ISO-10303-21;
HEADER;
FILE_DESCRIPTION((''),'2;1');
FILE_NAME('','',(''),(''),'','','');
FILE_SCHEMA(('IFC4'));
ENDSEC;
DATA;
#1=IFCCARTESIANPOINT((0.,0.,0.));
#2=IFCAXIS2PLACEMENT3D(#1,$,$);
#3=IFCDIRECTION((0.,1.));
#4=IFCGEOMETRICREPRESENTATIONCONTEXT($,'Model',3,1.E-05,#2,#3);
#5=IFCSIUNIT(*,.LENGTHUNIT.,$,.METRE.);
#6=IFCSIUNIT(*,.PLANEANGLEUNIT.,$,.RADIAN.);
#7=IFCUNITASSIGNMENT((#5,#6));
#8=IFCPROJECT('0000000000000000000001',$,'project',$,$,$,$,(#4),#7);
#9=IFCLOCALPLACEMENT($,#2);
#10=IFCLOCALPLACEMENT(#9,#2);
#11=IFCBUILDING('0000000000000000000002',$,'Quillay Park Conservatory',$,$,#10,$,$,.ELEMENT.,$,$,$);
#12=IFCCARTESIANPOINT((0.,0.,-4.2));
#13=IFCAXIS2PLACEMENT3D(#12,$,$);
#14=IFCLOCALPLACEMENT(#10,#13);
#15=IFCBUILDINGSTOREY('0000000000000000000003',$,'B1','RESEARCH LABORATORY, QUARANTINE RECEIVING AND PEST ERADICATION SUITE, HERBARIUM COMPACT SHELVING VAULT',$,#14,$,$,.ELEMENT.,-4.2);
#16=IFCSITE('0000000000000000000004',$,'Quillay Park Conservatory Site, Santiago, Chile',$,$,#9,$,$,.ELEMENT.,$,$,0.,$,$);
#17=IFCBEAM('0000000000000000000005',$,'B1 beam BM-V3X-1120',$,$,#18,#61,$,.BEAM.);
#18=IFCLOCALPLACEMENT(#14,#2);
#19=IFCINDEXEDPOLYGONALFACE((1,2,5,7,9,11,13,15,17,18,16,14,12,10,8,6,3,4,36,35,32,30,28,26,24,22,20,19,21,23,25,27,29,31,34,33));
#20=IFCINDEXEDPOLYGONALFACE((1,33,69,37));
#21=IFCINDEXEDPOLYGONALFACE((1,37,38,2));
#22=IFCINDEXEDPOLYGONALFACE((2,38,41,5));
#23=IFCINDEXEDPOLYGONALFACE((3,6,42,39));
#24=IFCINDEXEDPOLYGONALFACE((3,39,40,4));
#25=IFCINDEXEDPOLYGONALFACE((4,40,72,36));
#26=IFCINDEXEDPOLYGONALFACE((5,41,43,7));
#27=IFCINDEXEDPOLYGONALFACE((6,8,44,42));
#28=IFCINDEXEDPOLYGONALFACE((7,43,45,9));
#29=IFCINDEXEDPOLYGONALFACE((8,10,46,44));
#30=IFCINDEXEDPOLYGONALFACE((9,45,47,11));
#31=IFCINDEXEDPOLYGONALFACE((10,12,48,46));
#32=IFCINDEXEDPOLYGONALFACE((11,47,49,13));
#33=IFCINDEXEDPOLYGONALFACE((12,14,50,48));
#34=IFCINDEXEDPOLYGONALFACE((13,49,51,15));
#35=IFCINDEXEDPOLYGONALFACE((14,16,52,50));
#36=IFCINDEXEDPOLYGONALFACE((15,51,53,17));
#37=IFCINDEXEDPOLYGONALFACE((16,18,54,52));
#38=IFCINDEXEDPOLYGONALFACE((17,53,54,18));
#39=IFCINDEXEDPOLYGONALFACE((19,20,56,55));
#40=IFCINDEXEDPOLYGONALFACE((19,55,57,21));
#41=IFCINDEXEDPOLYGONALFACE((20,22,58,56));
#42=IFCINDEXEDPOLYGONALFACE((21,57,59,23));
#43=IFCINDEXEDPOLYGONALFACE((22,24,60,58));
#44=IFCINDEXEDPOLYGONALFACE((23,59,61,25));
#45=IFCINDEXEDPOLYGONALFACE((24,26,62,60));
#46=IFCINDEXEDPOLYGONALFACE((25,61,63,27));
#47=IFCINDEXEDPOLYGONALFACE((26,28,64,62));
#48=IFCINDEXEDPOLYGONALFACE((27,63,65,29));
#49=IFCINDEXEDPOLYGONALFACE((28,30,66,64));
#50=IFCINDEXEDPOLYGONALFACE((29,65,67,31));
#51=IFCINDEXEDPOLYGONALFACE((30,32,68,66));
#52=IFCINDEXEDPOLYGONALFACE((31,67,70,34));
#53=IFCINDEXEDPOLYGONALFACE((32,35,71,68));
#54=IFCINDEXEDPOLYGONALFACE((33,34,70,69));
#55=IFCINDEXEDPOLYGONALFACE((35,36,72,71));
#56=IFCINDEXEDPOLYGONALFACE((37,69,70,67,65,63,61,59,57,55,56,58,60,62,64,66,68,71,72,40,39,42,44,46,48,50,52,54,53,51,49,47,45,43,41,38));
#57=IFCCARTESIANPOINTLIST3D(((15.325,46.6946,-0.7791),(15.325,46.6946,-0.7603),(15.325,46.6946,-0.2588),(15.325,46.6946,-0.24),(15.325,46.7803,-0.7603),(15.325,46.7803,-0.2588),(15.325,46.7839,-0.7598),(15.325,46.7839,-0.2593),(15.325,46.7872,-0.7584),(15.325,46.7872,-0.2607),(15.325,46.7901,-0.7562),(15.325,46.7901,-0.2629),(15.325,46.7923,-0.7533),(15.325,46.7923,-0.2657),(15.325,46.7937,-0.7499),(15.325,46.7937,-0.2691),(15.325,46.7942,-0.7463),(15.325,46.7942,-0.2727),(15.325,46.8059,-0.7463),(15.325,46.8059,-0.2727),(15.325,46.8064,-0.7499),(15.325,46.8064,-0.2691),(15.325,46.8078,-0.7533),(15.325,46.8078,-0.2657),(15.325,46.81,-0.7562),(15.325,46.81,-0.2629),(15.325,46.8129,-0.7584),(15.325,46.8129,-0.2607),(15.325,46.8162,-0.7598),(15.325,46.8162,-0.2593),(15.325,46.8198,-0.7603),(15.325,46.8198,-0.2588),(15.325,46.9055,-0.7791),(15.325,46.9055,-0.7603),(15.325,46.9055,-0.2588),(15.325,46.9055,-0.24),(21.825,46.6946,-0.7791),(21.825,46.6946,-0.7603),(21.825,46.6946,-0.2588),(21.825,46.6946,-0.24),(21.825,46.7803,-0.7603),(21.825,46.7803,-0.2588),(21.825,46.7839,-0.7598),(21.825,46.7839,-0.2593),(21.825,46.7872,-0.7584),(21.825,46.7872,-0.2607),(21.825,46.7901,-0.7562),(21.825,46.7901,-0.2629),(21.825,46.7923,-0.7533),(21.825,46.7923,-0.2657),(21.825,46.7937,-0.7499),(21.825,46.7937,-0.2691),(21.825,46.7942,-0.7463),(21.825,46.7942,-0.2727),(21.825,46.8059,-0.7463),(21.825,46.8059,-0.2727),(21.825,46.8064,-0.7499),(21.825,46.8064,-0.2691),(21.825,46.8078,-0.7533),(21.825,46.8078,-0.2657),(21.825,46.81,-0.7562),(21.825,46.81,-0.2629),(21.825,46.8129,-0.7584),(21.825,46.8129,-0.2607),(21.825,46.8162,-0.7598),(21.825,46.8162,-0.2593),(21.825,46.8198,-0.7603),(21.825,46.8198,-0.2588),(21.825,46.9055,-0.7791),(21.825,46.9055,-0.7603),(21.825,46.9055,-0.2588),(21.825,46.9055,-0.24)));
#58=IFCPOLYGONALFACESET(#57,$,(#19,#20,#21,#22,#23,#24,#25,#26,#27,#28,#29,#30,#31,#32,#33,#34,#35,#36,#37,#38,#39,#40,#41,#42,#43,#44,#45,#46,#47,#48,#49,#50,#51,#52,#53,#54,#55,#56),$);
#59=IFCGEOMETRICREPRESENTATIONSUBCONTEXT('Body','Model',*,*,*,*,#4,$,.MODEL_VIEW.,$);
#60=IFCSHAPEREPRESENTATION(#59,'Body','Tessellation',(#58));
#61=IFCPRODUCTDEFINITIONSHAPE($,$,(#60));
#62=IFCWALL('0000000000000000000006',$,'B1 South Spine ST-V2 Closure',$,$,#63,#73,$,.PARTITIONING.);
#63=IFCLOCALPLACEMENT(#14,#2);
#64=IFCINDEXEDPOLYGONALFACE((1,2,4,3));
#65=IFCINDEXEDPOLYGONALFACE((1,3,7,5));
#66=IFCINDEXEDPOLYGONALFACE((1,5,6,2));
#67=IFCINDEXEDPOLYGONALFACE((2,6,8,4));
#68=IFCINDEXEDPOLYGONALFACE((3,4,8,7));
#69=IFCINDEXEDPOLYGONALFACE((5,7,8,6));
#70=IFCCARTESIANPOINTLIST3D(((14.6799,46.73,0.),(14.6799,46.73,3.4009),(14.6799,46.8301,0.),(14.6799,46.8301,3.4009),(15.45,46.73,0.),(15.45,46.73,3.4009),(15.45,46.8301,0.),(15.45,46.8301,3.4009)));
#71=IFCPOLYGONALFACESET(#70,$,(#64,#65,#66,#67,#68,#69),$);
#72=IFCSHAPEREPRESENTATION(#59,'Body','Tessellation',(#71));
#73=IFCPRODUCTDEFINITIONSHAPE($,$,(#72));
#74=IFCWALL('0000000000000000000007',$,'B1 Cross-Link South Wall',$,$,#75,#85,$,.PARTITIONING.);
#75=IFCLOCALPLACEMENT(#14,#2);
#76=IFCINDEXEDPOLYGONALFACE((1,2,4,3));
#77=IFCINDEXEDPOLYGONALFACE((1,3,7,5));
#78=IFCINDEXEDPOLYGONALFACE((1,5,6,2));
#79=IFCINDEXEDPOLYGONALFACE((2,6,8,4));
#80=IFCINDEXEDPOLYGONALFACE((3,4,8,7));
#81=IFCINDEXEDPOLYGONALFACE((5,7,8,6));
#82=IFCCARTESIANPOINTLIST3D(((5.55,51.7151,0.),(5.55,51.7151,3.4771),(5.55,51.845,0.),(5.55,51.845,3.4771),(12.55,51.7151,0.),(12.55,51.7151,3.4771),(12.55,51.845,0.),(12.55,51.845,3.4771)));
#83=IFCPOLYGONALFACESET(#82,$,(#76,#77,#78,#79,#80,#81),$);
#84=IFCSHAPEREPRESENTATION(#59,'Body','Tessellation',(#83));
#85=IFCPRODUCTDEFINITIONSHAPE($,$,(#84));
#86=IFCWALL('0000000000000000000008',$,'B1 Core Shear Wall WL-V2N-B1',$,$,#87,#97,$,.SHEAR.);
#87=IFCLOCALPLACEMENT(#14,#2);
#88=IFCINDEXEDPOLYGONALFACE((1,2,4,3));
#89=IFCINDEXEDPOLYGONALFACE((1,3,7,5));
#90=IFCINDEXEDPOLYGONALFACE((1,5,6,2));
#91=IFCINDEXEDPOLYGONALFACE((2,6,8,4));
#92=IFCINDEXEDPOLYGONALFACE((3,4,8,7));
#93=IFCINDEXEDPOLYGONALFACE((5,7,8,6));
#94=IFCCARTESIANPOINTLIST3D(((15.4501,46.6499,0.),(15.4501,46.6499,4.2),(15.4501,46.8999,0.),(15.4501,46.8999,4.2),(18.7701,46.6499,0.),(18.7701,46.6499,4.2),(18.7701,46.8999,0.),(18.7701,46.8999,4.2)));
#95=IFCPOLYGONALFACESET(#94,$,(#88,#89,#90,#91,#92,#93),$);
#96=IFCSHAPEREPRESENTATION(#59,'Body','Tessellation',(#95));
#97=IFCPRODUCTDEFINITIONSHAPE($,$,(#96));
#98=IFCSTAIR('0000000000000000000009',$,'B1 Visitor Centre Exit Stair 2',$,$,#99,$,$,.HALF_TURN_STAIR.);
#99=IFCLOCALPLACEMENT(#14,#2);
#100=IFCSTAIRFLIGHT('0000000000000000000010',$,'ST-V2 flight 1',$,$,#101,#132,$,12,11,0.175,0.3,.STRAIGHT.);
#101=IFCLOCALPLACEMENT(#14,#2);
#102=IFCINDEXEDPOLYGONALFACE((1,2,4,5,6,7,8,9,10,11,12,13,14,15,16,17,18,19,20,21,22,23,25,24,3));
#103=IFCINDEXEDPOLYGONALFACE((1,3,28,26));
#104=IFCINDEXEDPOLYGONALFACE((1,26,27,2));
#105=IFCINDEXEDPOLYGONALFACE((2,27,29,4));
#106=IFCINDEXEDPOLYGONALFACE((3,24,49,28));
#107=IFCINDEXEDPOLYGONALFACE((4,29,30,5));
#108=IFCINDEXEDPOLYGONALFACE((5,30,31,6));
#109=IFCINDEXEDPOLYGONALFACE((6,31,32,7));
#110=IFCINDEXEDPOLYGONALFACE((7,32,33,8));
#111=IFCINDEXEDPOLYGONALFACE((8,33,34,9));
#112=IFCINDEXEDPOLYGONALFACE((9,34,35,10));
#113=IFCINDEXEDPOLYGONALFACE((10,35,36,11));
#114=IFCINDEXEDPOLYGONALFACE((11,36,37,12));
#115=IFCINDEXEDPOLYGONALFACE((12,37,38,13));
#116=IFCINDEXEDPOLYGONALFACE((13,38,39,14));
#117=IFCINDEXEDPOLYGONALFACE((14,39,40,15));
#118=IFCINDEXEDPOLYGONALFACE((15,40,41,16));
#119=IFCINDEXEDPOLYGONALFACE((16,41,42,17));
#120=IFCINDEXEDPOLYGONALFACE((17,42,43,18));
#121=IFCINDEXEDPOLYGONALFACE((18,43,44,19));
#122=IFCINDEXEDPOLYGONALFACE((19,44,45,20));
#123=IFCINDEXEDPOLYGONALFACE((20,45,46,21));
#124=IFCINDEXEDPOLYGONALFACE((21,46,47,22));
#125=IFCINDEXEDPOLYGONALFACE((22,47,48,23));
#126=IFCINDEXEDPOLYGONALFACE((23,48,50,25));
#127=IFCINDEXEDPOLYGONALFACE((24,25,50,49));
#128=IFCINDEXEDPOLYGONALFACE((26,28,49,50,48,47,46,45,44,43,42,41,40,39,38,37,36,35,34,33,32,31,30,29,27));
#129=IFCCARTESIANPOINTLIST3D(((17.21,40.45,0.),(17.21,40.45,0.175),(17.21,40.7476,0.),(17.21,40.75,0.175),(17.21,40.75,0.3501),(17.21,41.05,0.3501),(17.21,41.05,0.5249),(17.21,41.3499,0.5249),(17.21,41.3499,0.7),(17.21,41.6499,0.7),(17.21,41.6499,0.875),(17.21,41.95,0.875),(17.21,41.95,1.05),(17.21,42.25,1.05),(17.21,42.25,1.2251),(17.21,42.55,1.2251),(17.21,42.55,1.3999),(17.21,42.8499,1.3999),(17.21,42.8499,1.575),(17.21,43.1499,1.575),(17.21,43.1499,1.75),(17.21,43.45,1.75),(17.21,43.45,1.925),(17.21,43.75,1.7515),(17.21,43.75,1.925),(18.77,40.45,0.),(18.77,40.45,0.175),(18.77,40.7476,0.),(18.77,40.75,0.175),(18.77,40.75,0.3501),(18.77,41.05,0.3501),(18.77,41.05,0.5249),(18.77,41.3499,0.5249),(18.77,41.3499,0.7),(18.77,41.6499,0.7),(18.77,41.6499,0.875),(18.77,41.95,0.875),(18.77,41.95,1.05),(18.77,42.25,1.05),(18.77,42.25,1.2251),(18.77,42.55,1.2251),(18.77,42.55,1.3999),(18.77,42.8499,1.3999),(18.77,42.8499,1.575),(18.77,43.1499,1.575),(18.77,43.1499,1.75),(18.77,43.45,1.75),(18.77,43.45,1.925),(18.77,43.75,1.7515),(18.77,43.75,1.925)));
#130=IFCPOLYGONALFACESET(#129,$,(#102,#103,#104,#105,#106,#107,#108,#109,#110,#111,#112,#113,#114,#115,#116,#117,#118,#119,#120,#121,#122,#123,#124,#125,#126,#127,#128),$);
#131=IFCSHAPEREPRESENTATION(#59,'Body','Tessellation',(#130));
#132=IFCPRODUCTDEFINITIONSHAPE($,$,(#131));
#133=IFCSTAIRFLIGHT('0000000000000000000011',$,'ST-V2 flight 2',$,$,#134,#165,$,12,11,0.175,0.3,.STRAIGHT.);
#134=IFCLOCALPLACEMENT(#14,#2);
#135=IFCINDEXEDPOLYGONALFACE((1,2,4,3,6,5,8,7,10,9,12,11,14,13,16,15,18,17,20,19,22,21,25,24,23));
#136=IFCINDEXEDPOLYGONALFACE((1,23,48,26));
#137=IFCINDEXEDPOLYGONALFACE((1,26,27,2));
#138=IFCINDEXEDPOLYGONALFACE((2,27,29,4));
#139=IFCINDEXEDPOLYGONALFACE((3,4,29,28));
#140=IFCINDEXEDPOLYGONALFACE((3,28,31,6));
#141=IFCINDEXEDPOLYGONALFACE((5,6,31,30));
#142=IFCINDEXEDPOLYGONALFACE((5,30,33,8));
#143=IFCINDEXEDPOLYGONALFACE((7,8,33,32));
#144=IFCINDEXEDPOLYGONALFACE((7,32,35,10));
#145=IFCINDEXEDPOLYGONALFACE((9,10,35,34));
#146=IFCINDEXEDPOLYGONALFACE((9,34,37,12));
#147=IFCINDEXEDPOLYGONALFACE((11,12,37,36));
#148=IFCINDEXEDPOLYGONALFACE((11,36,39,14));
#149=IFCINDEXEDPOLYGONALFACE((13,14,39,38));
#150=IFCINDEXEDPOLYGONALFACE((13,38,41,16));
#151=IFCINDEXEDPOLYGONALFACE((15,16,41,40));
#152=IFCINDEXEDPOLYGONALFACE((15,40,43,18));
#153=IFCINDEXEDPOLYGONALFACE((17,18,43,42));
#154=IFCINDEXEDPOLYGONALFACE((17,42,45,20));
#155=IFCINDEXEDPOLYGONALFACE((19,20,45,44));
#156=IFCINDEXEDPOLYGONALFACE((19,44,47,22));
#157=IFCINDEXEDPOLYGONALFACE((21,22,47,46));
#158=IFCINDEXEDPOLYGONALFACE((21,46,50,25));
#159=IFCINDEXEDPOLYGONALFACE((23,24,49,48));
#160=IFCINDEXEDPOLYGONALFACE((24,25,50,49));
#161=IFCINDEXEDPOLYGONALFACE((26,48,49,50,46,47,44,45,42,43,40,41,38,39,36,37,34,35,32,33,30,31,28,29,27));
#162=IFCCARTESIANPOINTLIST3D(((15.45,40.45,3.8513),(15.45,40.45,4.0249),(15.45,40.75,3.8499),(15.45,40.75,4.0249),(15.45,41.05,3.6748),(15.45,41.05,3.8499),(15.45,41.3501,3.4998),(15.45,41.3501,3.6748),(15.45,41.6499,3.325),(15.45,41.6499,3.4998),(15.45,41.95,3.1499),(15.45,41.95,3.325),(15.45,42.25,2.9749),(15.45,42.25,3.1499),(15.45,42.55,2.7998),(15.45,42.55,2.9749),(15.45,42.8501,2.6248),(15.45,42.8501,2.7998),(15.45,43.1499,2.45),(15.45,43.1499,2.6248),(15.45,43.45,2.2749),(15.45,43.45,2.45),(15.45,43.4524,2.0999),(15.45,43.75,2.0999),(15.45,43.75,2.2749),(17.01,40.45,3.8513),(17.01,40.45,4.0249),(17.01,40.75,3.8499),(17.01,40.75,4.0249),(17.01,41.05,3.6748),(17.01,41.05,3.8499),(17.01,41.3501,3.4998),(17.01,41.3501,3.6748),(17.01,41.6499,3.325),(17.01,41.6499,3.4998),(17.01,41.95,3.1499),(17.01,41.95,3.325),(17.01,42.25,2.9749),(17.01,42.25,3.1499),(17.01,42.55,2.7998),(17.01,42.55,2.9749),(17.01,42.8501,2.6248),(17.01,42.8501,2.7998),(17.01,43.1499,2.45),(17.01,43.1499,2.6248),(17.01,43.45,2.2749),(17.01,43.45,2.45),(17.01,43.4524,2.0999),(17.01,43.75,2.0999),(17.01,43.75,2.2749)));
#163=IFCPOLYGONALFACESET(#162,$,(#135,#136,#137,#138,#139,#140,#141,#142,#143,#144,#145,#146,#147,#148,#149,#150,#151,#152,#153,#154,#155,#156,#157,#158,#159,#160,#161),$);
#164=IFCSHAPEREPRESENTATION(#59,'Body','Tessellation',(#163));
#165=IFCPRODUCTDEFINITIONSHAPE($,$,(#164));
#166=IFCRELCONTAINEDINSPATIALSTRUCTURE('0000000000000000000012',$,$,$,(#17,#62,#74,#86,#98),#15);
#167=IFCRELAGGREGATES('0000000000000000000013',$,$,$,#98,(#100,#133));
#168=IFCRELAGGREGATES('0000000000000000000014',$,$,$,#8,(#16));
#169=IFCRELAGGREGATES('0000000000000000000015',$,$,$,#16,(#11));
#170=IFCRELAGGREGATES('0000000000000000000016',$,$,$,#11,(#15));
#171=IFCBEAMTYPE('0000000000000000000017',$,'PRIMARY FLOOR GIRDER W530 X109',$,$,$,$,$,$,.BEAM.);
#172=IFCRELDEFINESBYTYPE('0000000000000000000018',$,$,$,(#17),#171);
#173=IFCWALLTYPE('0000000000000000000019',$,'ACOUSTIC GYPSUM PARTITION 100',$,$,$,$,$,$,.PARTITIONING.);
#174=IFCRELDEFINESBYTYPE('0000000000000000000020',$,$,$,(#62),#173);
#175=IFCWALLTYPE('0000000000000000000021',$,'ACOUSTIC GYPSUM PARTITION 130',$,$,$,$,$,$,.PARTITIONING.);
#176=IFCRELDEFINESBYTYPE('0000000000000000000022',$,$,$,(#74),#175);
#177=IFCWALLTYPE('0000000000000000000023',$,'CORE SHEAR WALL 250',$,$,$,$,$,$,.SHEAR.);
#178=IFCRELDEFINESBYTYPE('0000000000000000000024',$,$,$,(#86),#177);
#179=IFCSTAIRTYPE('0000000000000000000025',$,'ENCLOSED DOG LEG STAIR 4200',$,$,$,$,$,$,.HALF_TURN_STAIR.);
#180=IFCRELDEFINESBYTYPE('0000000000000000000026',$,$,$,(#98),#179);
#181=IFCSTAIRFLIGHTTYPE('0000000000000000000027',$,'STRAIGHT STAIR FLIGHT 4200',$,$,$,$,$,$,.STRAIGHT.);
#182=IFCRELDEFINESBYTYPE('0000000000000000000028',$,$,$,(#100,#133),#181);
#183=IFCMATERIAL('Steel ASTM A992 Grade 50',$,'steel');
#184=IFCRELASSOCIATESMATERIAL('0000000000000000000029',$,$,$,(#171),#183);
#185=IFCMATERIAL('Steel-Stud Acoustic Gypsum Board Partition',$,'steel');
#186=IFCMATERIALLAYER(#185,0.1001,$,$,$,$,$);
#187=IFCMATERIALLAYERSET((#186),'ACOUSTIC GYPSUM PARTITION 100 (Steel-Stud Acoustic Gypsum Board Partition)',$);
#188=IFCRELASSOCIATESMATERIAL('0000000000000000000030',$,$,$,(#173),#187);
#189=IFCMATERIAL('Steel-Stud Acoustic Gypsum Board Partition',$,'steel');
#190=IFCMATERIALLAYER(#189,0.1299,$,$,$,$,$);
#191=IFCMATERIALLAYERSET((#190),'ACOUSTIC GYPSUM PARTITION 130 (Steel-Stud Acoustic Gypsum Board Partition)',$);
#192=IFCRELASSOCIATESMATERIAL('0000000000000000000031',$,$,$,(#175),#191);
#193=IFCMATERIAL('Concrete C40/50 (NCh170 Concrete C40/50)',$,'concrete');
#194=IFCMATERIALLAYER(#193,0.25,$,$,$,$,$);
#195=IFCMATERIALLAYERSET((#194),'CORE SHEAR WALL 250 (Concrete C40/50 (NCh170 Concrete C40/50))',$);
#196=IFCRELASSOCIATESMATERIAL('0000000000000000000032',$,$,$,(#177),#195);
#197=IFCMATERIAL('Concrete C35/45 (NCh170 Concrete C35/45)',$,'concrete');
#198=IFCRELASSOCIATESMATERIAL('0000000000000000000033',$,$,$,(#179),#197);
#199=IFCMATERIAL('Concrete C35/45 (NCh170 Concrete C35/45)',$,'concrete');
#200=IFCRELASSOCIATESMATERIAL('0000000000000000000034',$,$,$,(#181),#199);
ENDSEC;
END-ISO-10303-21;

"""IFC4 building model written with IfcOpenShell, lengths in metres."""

from ifc_helpers import new_model, si_unit, direction, frame, frame_2d, origin, origin_2d, place, context, subcontext, project, spatial, polyline, rectangle, i_section, outline, extrude, material, layer, layer_set, material_profile, profile_set, type_object, element, aggregate, save


model = new_model("IFC4")

# Units and contexts
model_context = context("Model", 3, precision=1e-05, world=origin(), true_north=direction((0.0, 1.0)))
body_context = subcontext(model_context, "Body", "Model", "MODEL_VIEW")
ifc_project = project(units=[si_unit("LENGTHUNIT", "METRE"), si_unit("PLANEANGLEUNIT", "RADIAN")], contexts=[model_context])

# Site, building, storey
site_placement = place(None, origin())
site = spatial("IfcSite", under=ifc_project, at=site_placement, Name="Quillay Park Conservatory Site, Santiago, Chile", CompositionType="ELEMENT", RefElevation=0.0)
building_placement = place(site_placement, origin())
building = spatial("IfcBuilding", under=site, at=building_placement, Name="Quillay Park Conservatory", CompositionType="ELEMENT")
storey_placement = place(building_placement, frame((0.0, 0.0, -4.2)))
storey = spatial("IfcBuildingStorey", under=building, at=storey_placement, Name="B1", Description="RESEARCH LABORATORY, QUARANTINE RECEIVING AND PEST ERADICATION SUITE, HERBARIUM COMPACT SHELVING VAULT", CompositionType="ELEMENT", Elevation=-4.2)

# Beam
ifc_material_1 = material(Name="Steel ASTM A992 Grade 50", Category="steel")
ifc_material_profile_1 = material_profile(ifc_material_1, i_section(OverallWidth=0.2109, OverallDepth=0.5391, WebThickness=0.0117, FlangeThickness=0.0188, FilletRadius=0.0139, at=origin_2d()), Name="W530x109")
ifc_profile_set_1 = profile_set([ifc_material_profile_1], Name="Steel ASTM A992 Grade 50")
beam_type_1 = type_object("IfcBeamType", Name="PRIMARY FLOOR GIRDER W530 X109", PredefinedType="BEAM", material=ifc_profile_set_1)
beam_1_placement = place(storey_placement, frame((15.325, 46.8, -0.5095), z_axis=(1.0, 0.0, 0.0), x_axis=(0.0, 1.0, 0.0)))
element("IfcBeam", 1, at=beam_1_placement, inside=storey, type_object=beam_type_1, Name="B1 beam BM-V3X-1120", PredefinedType="BEAM", context=body_context, shape_type="SweptSolid", body=[
    extrude(i_section(OverallWidth=0.2109, OverallDepth=0.5391, WebThickness=0.0117, FlangeThickness=0.0188, FilletRadius=0.0139, at=origin_2d()), origin(), (0.0, 0.0, 1.0), 6.5),
])

# Walls
ifc_material_2 = material(Name="Steel-Stud Acoustic Gypsum Board Partition", Category="steel")
ifc_layer_1 = layer(ifc_material_2, 0.1001)
ifc_layer_set_1 = layer_set([ifc_layer_1], Name="ACOUSTIC GYPSUM PARTITION 100 (Steel-Stud Acoustic Gypsum Board Partition)")
wall_type_1 = type_object("IfcWallType", Name="ACOUSTIC GYPSUM PARTITION 100", PredefinedType="PARTITIONING", material=ifc_layer_set_1)
wall_1_placement = place(storey_placement, frame((14.6799, 46.78, 0.0), z_axis=(0.0, 0.0, 1.0), x_axis=(1.0, 0.0, 0.0)))
element("IfcWall", 2, at=wall_1_placement, inside=storey, type_object=wall_type_1, Name="B1 South Spine ST-V2 Closure", PredefinedType="PARTITIONING", context=body_context, shape_type="SweptSolid", body=[
    extrude(rectangle(XDim=0.77, YDim=0.1001, at=frame_2d((0.385, 0.0))), origin(), (0.0, 0.0, 1.0), 3.4009),
])
ifc_material_3 = material(Name="Steel-Stud Acoustic Gypsum Board Partition", Category="steel")
ifc_layer_2 = layer(ifc_material_3, 0.1299)
ifc_layer_set_2 = layer_set([ifc_layer_2], Name="ACOUSTIC GYPSUM PARTITION 130 (Steel-Stud Acoustic Gypsum Board Partition)")
wall_type_2 = type_object("IfcWallType", Name="ACOUSTIC GYPSUM PARTITION 130", PredefinedType="PARTITIONING", material=ifc_layer_set_2)
wall_2_placement = place(storey_placement, frame((5.55, 51.78, 0.0), z_axis=(0.0, 0.0, 1.0), x_axis=(1.0, 0.0, 0.0)))
element("IfcWall", 3, at=wall_2_placement, inside=storey, type_object=wall_type_2, Name="B1 Cross-Link South Wall", PredefinedType="PARTITIONING", context=body_context, shape_type="SweptSolid", body=[
    extrude(rectangle(XDim=7.0, YDim=0.1299, at=frame_2d((3.5, 0.0))), origin(), (0.0, 0.0, 1.0), 3.4771),
])
ifc_material_4 = material(Name="Concrete C40/50 (NCh170 Concrete C40/50)", Category="concrete")
ifc_layer_3 = layer(ifc_material_4, 0.25)
ifc_layer_set_3 = layer_set([ifc_layer_3], Name="CORE SHEAR WALL 250 (Concrete C40/50 (NCh170 Concrete C40/50))")
wall_type_3 = type_object("IfcWallType", Name="CORE SHEAR WALL 250", PredefinedType="SHEAR", material=ifc_layer_set_3)
wall_3_placement = place(storey_placement, frame((15.45, 46.7749, 0.0), z_axis=(0.0, 0.0, 1.0), x_axis=(1.0, 0.0, 0.0)))
element("IfcWall", 4, at=wall_3_placement, inside=storey, type_object=wall_type_3, Name="B1 Core Shear Wall WL-V2N-B1", PredefinedType="SHEAR", context=body_context, shape_type="SweptSolid", body=[
    extrude(rectangle(XDim=3.3201, YDim=0.25, at=frame_2d((1.6602, 0.0))), origin(), (0.0, 0.0, 1.0), 4.2),
])

# Stair, stair flights
ifc_material_5 = material(Name="Concrete C35/45 (NCh170 Concrete C35/45)", Category="concrete")
stair_type = type_object("IfcStairType", Name="ENCLOSED DOG LEG STAIR 4200", PredefinedType="HALF_TURN_STAIR", material=ifc_material_5)
stair_placement = place(storey_placement, origin())
stair = element("IfcStair", 5, at=stair_placement, inside=storey, type_object=stair_type, Name="B1 Visitor Centre Exit Stair 2", PredefinedType="HALF_TURN_STAIR")
ifc_material_6 = material(Name="Concrete C35/45 (NCh170 Concrete C35/45)", Category="concrete")
stair_flight_type = type_object("IfcStairFlightType", Name="STRAIGHT STAIR FLIGHT 4200", PredefinedType="STRAIGHT", material=ifc_material_6)
stair_flight_1_placement = place(storey_placement, frame((17.99, 40.45, 0.0), z_axis=(0.0, 0.0, 1.0), x_axis=(0.0, 1.0, 0.0)))
stair_flight_1 = element("IfcStairFlight", 6, at=stair_flight_1_placement, type_object=stair_flight_type, Name="ST-V2 flight 1", NumberOfRisers=12, NumberOfTreads=11, PredefinedType="STRAIGHT", RiserHeight=0.175, TreadLength=0.3, context=body_context, shape_type="SweptSolid", body=[
    extrude(outline(polyline([(0.0, 0.0), (0.0, 0.175), (0.3, 0.175), (0.3, 0.3501), (0.6001, 0.3501), (0.6001, 0.5249), (0.8999, 0.5249), (0.8999, 0.7), (1.2, 0.7), (1.2, 0.875), (1.5, 0.875), (1.5, 1.05), (1.8, 1.05), (1.8, 1.2251), (2.1001, 1.2251), (2.1001, 1.3999), (2.3999, 1.3999), (2.3999, 1.575), (2.7, 1.575), (2.7, 1.75), (3.0, 1.75), (3.0, 1.925), (3.3, 1.925), (3.3, 2.1001), (3.3, 1.7515), (0.2976, 0.0), (0.0, 0.0)])), frame((0.0, 0.78, 0.0), z_axis=(0.0, -1.0, 0.0), x_axis=(1.0, 0.0, 0.0)), (0.0, 0.0, 1.0), 1.5601),
])
stair_flight_2_placement = place(storey_placement, frame((16.23, 43.75, 2.0999), z_axis=(0.0, 0.0, 1.0), x_axis=(0.0, -1.0, 0.0)))
stair_flight_2 = element("IfcStairFlight", 7, at=stair_flight_2_placement, type_object=stair_flight_type, Name="ST-V2 flight 2", NumberOfRisers=12, NumberOfTreads=11, PredefinedType="STRAIGHT", RiserHeight=0.175, TreadLength=0.3, context=body_context, shape_type="SweptSolid", body=[
    extrude(outline(polyline([(0.0, 0.0), (0.0, 0.175), (0.3, 0.175), (0.3, 0.3501), (0.6001, 0.3501), (0.6001, 0.5249), (0.8999, 0.5249), (0.8999, 0.7), (1.2, 0.7), (1.2, 0.875), (1.5, 0.875), (1.5, 1.05), (1.8, 1.05), (1.8, 1.2251), (2.1001, 1.2251), (2.1001, 1.3999), (2.3999, 1.3999), (2.3999, 1.575), (2.7, 1.575), (2.7, 1.75), (3.0, 1.75), (3.0, 1.925), (3.3, 1.925), (3.3, 2.1001), (3.3, 1.7515), (0.2976, 0.0), (0.0, 0.0)])), frame((0.0, 0.78, 0.0), z_axis=(0.0, -1.0, 0.0), x_axis=(1.0, 0.0, 0.0)), (0.0, 0.0, 1.0), 1.5601),
])
aggregate(stair, [stair_flight_1, stair_flight_2])

save(model, "model.ifc")
